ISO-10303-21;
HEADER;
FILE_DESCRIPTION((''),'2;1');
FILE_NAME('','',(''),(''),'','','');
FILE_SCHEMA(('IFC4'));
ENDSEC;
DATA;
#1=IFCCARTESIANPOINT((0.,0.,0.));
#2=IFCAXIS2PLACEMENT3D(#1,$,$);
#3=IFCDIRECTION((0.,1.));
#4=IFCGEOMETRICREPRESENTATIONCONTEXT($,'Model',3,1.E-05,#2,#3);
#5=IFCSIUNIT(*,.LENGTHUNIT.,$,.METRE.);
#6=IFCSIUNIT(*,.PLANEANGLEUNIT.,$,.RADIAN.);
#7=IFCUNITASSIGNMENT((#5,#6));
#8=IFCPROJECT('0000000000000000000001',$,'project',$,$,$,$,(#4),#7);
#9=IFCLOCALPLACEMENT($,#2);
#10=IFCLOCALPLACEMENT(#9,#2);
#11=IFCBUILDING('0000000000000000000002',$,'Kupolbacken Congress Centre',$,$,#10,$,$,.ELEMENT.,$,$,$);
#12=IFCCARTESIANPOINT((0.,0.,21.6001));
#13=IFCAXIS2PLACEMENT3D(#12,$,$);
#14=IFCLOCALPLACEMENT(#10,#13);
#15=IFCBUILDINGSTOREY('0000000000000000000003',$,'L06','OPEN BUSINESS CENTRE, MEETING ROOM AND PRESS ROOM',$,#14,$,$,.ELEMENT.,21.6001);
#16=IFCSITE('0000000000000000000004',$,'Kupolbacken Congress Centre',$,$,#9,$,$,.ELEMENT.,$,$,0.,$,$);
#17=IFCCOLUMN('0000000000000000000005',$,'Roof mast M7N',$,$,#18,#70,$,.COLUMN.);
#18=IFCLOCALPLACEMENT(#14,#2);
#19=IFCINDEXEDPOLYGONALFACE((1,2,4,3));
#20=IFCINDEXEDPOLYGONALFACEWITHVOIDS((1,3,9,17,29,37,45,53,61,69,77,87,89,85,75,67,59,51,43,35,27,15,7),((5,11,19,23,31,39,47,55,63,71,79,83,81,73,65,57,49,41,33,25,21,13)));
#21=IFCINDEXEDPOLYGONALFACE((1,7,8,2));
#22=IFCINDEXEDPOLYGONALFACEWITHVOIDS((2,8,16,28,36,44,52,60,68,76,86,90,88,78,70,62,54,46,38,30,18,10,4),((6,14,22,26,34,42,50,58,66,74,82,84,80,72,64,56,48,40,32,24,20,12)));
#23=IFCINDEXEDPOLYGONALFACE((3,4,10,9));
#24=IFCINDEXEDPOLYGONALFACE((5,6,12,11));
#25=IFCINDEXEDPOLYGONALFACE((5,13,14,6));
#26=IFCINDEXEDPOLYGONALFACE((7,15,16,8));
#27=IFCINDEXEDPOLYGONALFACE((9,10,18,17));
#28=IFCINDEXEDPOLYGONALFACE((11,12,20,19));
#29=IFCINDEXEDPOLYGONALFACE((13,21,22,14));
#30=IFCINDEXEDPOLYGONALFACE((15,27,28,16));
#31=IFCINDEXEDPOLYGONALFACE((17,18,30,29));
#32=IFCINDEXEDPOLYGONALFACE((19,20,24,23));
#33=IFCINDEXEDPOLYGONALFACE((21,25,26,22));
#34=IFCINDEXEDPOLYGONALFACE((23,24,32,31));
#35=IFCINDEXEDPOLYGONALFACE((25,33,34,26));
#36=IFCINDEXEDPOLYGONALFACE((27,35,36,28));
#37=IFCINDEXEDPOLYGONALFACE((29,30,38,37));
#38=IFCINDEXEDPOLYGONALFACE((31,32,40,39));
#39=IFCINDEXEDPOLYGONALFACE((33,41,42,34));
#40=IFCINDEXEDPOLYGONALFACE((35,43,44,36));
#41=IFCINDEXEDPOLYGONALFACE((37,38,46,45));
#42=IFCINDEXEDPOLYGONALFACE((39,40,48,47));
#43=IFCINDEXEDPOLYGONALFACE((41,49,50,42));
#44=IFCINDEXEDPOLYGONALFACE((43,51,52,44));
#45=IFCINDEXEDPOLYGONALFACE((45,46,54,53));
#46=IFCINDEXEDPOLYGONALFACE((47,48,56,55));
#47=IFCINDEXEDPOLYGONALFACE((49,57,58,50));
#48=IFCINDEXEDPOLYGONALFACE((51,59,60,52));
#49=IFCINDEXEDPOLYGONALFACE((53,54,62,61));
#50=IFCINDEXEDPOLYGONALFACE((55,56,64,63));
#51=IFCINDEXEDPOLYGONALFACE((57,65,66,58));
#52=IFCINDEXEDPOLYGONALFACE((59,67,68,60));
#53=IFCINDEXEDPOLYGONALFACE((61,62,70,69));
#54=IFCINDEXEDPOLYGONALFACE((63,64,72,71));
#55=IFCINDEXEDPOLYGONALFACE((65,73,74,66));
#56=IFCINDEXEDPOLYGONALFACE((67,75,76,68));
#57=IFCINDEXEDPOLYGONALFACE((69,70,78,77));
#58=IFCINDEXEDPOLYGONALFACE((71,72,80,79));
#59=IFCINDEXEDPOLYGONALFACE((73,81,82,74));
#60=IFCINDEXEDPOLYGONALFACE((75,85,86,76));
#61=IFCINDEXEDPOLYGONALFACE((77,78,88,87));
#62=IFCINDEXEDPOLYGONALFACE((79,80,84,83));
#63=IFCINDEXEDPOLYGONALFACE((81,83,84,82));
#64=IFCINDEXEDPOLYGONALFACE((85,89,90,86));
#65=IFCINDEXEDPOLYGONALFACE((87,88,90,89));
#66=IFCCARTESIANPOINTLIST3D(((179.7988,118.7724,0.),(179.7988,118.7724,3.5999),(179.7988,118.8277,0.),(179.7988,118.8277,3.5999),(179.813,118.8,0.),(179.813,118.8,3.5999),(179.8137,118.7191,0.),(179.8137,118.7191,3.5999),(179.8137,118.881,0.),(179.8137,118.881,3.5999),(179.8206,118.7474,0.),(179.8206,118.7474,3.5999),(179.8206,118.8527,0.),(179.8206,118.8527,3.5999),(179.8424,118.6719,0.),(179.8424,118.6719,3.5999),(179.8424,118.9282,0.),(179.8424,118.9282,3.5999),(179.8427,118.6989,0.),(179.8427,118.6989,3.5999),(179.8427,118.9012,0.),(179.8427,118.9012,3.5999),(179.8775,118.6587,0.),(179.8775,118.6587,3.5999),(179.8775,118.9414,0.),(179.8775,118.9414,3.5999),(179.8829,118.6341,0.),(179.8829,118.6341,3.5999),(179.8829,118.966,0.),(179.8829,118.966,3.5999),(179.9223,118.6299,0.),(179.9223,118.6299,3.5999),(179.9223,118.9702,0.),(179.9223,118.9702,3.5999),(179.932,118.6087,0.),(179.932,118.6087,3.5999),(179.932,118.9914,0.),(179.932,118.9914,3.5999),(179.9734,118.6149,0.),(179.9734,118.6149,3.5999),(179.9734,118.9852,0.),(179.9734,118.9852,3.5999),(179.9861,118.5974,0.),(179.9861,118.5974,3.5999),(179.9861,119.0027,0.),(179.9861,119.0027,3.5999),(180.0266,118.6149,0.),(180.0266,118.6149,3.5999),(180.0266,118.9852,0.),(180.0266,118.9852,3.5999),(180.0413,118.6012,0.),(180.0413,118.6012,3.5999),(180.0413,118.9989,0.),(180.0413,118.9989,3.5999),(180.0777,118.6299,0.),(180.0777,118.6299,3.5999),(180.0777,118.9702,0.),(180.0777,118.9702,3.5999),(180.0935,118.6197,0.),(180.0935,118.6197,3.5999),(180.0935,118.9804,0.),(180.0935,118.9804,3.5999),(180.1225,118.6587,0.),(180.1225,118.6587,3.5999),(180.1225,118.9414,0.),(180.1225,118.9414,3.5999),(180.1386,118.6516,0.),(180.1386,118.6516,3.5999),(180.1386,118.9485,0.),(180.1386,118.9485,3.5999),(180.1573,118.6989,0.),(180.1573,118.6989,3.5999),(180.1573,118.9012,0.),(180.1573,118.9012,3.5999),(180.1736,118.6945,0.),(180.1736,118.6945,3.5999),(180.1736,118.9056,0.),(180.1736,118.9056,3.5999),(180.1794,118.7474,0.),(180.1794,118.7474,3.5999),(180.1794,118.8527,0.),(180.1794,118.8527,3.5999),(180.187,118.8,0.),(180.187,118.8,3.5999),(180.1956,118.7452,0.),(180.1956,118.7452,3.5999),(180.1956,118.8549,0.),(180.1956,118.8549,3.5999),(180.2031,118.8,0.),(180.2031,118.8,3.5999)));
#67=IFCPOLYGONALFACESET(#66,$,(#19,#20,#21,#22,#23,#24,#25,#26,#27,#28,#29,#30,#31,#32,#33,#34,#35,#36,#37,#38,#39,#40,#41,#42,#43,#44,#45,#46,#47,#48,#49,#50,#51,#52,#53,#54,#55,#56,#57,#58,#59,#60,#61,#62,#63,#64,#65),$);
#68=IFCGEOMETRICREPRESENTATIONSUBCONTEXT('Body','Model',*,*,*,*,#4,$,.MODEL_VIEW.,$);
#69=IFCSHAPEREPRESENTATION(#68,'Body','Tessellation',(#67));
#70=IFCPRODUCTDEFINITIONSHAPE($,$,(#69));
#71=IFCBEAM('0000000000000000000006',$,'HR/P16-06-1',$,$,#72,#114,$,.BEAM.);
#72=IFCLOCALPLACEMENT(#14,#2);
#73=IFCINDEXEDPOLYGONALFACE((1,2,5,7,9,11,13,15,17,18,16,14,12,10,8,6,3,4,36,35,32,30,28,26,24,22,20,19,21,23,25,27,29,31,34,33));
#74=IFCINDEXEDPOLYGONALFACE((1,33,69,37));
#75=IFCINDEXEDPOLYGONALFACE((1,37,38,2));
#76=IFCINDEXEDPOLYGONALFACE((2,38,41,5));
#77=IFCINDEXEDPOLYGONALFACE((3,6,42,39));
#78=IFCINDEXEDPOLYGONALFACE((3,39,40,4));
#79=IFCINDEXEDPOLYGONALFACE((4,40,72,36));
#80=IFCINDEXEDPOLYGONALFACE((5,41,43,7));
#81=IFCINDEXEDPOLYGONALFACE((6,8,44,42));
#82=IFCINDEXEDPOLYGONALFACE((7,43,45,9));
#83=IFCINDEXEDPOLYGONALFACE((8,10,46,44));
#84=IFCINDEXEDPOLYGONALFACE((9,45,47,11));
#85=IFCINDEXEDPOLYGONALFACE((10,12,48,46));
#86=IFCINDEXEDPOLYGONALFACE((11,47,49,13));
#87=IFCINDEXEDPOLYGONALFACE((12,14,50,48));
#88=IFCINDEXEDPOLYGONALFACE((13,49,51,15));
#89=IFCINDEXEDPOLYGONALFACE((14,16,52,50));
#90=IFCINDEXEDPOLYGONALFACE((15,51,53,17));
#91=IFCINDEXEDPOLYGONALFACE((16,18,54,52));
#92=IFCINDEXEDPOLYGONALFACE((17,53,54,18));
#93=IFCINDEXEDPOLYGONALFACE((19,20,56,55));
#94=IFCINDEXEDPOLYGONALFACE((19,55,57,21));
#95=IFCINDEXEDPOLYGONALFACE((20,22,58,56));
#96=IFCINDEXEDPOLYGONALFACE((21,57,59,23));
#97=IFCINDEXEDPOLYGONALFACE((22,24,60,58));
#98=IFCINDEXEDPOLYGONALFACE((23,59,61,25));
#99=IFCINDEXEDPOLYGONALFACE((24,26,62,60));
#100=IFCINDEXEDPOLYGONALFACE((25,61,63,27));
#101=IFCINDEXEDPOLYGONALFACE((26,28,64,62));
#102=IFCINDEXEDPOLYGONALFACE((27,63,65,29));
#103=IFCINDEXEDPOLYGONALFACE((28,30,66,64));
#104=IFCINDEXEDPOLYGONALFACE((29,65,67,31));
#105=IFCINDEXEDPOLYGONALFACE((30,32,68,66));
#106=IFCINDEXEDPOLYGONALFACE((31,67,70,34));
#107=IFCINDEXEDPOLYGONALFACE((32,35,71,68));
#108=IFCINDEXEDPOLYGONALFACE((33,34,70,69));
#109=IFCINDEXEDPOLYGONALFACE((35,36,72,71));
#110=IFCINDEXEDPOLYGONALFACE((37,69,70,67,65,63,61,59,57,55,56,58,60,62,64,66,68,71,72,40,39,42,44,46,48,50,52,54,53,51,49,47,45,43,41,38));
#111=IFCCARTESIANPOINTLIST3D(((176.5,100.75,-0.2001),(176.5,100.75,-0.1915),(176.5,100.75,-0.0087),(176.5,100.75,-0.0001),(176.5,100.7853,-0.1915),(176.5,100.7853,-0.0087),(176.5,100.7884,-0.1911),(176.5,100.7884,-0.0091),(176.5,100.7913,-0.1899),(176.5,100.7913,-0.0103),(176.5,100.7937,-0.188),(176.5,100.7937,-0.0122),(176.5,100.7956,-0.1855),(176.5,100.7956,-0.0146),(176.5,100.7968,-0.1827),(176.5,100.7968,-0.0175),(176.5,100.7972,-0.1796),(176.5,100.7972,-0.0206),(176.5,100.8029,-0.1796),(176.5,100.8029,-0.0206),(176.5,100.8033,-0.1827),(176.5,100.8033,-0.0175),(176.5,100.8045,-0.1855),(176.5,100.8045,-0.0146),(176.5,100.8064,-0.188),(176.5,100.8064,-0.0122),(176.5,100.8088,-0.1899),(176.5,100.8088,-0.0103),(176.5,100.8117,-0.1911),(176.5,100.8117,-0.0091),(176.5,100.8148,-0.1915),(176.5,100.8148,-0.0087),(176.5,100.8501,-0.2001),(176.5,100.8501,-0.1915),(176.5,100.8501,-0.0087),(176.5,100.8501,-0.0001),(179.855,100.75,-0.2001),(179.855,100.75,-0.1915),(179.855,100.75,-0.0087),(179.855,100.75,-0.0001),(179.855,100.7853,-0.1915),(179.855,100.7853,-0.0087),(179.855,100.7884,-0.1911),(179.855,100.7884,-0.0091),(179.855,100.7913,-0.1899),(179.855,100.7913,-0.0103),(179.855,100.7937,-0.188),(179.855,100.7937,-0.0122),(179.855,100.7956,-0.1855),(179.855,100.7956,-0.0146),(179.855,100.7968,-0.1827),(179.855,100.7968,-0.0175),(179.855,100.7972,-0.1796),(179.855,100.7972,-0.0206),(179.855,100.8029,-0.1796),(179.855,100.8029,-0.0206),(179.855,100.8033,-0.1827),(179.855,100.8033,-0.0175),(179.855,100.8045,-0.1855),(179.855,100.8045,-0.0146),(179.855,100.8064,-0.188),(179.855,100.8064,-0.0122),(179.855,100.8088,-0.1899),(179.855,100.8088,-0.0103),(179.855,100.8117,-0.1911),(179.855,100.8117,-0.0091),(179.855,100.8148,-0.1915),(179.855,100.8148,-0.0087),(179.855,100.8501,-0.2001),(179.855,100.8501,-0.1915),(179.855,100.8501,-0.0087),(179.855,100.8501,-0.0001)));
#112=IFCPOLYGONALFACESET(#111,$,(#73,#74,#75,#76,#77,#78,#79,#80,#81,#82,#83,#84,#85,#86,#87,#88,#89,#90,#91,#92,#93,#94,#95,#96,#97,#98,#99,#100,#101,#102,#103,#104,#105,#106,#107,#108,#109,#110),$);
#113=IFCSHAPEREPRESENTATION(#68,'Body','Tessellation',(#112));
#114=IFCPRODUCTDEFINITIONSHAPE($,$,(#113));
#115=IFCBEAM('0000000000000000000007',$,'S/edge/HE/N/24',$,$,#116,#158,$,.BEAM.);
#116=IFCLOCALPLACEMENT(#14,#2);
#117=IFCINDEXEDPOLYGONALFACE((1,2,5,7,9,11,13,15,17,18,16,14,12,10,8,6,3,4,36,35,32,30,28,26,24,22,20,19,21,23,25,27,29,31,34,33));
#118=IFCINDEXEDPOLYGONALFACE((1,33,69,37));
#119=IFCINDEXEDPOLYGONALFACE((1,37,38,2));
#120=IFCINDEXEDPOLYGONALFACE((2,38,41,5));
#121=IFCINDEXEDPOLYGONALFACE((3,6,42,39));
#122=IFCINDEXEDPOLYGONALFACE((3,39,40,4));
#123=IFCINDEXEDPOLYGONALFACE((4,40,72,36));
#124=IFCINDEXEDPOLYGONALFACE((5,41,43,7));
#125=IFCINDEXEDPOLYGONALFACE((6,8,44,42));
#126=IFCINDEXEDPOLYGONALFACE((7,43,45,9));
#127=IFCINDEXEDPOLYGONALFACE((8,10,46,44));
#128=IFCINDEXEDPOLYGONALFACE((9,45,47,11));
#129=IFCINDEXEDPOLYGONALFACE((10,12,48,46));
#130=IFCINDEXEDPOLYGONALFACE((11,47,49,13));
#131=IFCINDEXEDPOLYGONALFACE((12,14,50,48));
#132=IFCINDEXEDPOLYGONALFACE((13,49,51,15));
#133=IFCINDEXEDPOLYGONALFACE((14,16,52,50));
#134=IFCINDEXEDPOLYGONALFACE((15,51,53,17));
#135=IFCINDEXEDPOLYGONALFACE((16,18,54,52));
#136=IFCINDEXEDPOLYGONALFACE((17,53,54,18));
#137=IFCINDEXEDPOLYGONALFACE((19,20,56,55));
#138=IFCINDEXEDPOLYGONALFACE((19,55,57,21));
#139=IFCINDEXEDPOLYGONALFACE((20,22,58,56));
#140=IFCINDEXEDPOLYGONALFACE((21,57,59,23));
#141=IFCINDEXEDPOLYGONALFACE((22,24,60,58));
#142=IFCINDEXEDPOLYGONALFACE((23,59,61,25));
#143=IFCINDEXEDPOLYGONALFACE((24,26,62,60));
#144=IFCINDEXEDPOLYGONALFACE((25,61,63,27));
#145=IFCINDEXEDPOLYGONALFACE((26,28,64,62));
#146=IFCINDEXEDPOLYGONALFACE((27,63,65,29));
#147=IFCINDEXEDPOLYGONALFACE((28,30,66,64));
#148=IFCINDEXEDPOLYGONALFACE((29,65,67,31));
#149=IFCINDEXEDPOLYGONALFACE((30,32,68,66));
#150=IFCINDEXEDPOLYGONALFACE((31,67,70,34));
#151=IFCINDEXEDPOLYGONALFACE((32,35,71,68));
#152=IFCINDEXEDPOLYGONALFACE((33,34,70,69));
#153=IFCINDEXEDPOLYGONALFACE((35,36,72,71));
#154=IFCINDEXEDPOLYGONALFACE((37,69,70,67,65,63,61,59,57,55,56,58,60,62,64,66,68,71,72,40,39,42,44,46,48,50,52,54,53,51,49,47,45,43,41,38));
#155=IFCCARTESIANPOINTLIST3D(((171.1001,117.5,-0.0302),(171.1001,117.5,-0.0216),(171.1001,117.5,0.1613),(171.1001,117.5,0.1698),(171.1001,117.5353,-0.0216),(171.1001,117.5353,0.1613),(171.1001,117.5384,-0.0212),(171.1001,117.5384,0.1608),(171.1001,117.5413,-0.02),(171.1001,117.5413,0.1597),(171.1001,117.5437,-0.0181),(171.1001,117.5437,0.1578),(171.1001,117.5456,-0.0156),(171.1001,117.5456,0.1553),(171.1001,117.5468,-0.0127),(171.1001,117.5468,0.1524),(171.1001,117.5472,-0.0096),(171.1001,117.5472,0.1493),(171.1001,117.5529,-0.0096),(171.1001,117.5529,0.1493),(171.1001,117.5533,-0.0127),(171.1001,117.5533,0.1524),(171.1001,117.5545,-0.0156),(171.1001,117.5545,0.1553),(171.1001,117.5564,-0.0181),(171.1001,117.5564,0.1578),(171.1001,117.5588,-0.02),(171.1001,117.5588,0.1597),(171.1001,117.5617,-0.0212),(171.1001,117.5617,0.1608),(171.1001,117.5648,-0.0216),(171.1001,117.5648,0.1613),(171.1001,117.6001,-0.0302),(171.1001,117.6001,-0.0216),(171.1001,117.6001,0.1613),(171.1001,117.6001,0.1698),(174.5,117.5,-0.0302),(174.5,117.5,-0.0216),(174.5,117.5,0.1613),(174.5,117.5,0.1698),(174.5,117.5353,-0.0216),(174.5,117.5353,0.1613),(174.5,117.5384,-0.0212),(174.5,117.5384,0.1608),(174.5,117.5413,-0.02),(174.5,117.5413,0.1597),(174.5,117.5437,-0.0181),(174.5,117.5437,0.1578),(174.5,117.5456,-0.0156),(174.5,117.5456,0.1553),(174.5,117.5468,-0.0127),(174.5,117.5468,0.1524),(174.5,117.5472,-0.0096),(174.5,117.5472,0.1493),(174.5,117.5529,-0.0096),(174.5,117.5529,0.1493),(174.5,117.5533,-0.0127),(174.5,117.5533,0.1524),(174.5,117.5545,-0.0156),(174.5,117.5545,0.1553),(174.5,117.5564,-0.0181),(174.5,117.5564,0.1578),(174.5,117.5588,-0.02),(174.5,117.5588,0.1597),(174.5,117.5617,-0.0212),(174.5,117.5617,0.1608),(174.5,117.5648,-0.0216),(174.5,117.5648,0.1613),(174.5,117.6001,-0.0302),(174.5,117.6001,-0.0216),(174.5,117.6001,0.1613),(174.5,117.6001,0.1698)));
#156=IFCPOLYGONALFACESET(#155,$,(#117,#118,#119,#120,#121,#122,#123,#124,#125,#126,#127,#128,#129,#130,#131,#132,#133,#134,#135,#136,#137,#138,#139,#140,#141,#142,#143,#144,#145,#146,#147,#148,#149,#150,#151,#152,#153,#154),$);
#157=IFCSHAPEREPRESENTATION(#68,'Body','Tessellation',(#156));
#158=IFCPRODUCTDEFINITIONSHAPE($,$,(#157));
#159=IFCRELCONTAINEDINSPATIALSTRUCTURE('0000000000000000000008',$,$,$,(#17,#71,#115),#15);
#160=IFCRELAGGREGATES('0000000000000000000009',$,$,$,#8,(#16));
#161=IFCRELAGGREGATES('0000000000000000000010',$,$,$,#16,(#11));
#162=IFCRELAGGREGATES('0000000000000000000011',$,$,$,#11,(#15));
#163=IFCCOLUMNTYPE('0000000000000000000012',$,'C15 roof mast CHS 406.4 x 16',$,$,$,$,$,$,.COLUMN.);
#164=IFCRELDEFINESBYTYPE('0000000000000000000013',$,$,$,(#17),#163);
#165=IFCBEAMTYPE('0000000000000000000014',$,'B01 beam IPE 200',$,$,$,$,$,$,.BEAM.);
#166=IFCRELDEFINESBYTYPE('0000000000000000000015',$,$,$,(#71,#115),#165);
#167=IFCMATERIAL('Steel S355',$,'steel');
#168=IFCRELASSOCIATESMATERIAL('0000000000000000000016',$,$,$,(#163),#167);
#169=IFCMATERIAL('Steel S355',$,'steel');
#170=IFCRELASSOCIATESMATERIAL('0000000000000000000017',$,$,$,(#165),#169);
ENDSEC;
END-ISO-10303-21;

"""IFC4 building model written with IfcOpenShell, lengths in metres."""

from ifc_helpers import new_model, si_unit, direction, frame, origin, origin_2d, place, context, subcontext, project, spatial, hollow_circle, i_section, extrude, material, material_profile, profile_set, type_object, element, save


model = new_model("IFC4")

# Units and contexts
model_context = context("Model", 3, precision=1e-05, world=origin(), true_north=direction((0.0, 1.0)))
body_context = subcontext(model_context, "Body", "Model", "MODEL_VIEW")
ifc_project = project(units=[si_unit("LENGTHUNIT", "METRE"), si_unit("PLANEANGLEUNIT", "RADIAN")], contexts=[model_context])

# Site, building, storey
site_placement = place(None, origin())
site = spatial("IfcSite", under=ifc_project, at=site_placement, Name="Kupolbacken Congress Centre", CompositionType="ELEMENT", RefElevation=0.0)
building_placement = place(site_placement, origin())
building = spatial("IfcBuilding", under=site, at=building_placement, Name="Kupolbacken Congress Centre", CompositionType="ELEMENT")
storey_placement = place(building_placement, frame((0.0, 0.0, 21.6001)))
storey = spatial("IfcBuildingStorey", under=building, at=storey_placement, Name="L06", Description="OPEN BUSINESS CENTRE, MEETING ROOM AND PRESS ROOM", CompositionType="ELEMENT", Elevation=21.6001)

# Column
ifc_material_1 = material(Name="Steel S355", Category="steel")
ifc_material_profile_1 = material_profile(ifc_material_1, hollow_circle(Radius=0.2031, WallThickness=0.0161, at=origin_2d()), Name="CHS 406.4 x 16")
ifc_profile_set_1 = profile_set([ifc_material_profile_1], Name="Steel S355")
column_type = type_object("IfcColumnType", Name="C15 roof mast CHS 406.4 x 16", PredefinedType="COLUMN", material=ifc_profile_set_1)
column_placement = place(storey_placement, frame((180.0, 118.8, 0.0), z_axis=(0.0, 0.0, 1.0), x_axis=(1.0, 0.0, 0.0)))
element("IfcColumn", 1, at=column_placement, inside=storey, type_object=column_type, Name="Roof mast M7N", PredefinedType="COLUMN", context=body_context, shape_type="SweptSolid", body=[
    extrude(hollow_circle(Radius=0.2031, WallThickness=0.0161, at=origin_2d()), origin(), (0.0, 0.0, 1.0), 3.5999),
])

# Beams
ifc_material_2 = material(Name="Steel S355", Category="steel")
ifc_material_profile_2 = material_profile(ifc_material_2, i_section(OverallWidth=0.1001, OverallDepth=0.2, WebThickness=0.0056, FlangeThickness=0.0085, FilletRadius=0.012, at=origin_2d()), Name="IPE 200")
ifc_profile_set_2 = profile_set([ifc_material_profile_2], Name="Steel S355")
beam_type_1 = type_object("IfcBeamType", Name="B01 beam IPE 200", PredefinedType="BEAM", material=ifc_profile_set_2)
beam_1_placement = place(storey_placement, frame((176.5, 100.8, -0.1001), z_axis=(1.0, 0.0, 0.0), x_axis=(0.0, 1.0, 0.0)))
element("IfcBeam", 2, at=beam_1_placement, inside=storey, type_object=beam_type_1, Name="HR/P16-06-1", PredefinedType="BEAM", context=body_context, shape_type="SweptSolid", body=[
    extrude(i_section(OverallWidth=0.1001, OverallDepth=0.2, WebThickness=0.0056, FlangeThickness=0.0085, FilletRadius=0.012, at=origin_2d()), origin(), (0.0, 0.0, 1.0), 3.355),
])
beam_2_placement = place(storey_placement, frame((171.1001, 117.55, 0.0698), z_axis=(1.0, 0.0, 0.0), x_axis=(0.0, 1.0, 0.0)))
element("IfcBeam", 3, at=beam_2_placement, inside=storey, type_object=beam_type_1, Name="S/edge/HE/N/24", PredefinedType="BEAM", context=body_context, shape_type="SweptSolid", body=[
    extrude(i_section(OverallWidth=0.1001, OverallDepth=0.2, WebThickness=0.0056, FlangeThickness=0.0085, FilletRadius=0.012, at=origin_2d()), origin(), (0.0, 0.0, 1.0), 3.3999),
])

save(model, "model.ifc")
